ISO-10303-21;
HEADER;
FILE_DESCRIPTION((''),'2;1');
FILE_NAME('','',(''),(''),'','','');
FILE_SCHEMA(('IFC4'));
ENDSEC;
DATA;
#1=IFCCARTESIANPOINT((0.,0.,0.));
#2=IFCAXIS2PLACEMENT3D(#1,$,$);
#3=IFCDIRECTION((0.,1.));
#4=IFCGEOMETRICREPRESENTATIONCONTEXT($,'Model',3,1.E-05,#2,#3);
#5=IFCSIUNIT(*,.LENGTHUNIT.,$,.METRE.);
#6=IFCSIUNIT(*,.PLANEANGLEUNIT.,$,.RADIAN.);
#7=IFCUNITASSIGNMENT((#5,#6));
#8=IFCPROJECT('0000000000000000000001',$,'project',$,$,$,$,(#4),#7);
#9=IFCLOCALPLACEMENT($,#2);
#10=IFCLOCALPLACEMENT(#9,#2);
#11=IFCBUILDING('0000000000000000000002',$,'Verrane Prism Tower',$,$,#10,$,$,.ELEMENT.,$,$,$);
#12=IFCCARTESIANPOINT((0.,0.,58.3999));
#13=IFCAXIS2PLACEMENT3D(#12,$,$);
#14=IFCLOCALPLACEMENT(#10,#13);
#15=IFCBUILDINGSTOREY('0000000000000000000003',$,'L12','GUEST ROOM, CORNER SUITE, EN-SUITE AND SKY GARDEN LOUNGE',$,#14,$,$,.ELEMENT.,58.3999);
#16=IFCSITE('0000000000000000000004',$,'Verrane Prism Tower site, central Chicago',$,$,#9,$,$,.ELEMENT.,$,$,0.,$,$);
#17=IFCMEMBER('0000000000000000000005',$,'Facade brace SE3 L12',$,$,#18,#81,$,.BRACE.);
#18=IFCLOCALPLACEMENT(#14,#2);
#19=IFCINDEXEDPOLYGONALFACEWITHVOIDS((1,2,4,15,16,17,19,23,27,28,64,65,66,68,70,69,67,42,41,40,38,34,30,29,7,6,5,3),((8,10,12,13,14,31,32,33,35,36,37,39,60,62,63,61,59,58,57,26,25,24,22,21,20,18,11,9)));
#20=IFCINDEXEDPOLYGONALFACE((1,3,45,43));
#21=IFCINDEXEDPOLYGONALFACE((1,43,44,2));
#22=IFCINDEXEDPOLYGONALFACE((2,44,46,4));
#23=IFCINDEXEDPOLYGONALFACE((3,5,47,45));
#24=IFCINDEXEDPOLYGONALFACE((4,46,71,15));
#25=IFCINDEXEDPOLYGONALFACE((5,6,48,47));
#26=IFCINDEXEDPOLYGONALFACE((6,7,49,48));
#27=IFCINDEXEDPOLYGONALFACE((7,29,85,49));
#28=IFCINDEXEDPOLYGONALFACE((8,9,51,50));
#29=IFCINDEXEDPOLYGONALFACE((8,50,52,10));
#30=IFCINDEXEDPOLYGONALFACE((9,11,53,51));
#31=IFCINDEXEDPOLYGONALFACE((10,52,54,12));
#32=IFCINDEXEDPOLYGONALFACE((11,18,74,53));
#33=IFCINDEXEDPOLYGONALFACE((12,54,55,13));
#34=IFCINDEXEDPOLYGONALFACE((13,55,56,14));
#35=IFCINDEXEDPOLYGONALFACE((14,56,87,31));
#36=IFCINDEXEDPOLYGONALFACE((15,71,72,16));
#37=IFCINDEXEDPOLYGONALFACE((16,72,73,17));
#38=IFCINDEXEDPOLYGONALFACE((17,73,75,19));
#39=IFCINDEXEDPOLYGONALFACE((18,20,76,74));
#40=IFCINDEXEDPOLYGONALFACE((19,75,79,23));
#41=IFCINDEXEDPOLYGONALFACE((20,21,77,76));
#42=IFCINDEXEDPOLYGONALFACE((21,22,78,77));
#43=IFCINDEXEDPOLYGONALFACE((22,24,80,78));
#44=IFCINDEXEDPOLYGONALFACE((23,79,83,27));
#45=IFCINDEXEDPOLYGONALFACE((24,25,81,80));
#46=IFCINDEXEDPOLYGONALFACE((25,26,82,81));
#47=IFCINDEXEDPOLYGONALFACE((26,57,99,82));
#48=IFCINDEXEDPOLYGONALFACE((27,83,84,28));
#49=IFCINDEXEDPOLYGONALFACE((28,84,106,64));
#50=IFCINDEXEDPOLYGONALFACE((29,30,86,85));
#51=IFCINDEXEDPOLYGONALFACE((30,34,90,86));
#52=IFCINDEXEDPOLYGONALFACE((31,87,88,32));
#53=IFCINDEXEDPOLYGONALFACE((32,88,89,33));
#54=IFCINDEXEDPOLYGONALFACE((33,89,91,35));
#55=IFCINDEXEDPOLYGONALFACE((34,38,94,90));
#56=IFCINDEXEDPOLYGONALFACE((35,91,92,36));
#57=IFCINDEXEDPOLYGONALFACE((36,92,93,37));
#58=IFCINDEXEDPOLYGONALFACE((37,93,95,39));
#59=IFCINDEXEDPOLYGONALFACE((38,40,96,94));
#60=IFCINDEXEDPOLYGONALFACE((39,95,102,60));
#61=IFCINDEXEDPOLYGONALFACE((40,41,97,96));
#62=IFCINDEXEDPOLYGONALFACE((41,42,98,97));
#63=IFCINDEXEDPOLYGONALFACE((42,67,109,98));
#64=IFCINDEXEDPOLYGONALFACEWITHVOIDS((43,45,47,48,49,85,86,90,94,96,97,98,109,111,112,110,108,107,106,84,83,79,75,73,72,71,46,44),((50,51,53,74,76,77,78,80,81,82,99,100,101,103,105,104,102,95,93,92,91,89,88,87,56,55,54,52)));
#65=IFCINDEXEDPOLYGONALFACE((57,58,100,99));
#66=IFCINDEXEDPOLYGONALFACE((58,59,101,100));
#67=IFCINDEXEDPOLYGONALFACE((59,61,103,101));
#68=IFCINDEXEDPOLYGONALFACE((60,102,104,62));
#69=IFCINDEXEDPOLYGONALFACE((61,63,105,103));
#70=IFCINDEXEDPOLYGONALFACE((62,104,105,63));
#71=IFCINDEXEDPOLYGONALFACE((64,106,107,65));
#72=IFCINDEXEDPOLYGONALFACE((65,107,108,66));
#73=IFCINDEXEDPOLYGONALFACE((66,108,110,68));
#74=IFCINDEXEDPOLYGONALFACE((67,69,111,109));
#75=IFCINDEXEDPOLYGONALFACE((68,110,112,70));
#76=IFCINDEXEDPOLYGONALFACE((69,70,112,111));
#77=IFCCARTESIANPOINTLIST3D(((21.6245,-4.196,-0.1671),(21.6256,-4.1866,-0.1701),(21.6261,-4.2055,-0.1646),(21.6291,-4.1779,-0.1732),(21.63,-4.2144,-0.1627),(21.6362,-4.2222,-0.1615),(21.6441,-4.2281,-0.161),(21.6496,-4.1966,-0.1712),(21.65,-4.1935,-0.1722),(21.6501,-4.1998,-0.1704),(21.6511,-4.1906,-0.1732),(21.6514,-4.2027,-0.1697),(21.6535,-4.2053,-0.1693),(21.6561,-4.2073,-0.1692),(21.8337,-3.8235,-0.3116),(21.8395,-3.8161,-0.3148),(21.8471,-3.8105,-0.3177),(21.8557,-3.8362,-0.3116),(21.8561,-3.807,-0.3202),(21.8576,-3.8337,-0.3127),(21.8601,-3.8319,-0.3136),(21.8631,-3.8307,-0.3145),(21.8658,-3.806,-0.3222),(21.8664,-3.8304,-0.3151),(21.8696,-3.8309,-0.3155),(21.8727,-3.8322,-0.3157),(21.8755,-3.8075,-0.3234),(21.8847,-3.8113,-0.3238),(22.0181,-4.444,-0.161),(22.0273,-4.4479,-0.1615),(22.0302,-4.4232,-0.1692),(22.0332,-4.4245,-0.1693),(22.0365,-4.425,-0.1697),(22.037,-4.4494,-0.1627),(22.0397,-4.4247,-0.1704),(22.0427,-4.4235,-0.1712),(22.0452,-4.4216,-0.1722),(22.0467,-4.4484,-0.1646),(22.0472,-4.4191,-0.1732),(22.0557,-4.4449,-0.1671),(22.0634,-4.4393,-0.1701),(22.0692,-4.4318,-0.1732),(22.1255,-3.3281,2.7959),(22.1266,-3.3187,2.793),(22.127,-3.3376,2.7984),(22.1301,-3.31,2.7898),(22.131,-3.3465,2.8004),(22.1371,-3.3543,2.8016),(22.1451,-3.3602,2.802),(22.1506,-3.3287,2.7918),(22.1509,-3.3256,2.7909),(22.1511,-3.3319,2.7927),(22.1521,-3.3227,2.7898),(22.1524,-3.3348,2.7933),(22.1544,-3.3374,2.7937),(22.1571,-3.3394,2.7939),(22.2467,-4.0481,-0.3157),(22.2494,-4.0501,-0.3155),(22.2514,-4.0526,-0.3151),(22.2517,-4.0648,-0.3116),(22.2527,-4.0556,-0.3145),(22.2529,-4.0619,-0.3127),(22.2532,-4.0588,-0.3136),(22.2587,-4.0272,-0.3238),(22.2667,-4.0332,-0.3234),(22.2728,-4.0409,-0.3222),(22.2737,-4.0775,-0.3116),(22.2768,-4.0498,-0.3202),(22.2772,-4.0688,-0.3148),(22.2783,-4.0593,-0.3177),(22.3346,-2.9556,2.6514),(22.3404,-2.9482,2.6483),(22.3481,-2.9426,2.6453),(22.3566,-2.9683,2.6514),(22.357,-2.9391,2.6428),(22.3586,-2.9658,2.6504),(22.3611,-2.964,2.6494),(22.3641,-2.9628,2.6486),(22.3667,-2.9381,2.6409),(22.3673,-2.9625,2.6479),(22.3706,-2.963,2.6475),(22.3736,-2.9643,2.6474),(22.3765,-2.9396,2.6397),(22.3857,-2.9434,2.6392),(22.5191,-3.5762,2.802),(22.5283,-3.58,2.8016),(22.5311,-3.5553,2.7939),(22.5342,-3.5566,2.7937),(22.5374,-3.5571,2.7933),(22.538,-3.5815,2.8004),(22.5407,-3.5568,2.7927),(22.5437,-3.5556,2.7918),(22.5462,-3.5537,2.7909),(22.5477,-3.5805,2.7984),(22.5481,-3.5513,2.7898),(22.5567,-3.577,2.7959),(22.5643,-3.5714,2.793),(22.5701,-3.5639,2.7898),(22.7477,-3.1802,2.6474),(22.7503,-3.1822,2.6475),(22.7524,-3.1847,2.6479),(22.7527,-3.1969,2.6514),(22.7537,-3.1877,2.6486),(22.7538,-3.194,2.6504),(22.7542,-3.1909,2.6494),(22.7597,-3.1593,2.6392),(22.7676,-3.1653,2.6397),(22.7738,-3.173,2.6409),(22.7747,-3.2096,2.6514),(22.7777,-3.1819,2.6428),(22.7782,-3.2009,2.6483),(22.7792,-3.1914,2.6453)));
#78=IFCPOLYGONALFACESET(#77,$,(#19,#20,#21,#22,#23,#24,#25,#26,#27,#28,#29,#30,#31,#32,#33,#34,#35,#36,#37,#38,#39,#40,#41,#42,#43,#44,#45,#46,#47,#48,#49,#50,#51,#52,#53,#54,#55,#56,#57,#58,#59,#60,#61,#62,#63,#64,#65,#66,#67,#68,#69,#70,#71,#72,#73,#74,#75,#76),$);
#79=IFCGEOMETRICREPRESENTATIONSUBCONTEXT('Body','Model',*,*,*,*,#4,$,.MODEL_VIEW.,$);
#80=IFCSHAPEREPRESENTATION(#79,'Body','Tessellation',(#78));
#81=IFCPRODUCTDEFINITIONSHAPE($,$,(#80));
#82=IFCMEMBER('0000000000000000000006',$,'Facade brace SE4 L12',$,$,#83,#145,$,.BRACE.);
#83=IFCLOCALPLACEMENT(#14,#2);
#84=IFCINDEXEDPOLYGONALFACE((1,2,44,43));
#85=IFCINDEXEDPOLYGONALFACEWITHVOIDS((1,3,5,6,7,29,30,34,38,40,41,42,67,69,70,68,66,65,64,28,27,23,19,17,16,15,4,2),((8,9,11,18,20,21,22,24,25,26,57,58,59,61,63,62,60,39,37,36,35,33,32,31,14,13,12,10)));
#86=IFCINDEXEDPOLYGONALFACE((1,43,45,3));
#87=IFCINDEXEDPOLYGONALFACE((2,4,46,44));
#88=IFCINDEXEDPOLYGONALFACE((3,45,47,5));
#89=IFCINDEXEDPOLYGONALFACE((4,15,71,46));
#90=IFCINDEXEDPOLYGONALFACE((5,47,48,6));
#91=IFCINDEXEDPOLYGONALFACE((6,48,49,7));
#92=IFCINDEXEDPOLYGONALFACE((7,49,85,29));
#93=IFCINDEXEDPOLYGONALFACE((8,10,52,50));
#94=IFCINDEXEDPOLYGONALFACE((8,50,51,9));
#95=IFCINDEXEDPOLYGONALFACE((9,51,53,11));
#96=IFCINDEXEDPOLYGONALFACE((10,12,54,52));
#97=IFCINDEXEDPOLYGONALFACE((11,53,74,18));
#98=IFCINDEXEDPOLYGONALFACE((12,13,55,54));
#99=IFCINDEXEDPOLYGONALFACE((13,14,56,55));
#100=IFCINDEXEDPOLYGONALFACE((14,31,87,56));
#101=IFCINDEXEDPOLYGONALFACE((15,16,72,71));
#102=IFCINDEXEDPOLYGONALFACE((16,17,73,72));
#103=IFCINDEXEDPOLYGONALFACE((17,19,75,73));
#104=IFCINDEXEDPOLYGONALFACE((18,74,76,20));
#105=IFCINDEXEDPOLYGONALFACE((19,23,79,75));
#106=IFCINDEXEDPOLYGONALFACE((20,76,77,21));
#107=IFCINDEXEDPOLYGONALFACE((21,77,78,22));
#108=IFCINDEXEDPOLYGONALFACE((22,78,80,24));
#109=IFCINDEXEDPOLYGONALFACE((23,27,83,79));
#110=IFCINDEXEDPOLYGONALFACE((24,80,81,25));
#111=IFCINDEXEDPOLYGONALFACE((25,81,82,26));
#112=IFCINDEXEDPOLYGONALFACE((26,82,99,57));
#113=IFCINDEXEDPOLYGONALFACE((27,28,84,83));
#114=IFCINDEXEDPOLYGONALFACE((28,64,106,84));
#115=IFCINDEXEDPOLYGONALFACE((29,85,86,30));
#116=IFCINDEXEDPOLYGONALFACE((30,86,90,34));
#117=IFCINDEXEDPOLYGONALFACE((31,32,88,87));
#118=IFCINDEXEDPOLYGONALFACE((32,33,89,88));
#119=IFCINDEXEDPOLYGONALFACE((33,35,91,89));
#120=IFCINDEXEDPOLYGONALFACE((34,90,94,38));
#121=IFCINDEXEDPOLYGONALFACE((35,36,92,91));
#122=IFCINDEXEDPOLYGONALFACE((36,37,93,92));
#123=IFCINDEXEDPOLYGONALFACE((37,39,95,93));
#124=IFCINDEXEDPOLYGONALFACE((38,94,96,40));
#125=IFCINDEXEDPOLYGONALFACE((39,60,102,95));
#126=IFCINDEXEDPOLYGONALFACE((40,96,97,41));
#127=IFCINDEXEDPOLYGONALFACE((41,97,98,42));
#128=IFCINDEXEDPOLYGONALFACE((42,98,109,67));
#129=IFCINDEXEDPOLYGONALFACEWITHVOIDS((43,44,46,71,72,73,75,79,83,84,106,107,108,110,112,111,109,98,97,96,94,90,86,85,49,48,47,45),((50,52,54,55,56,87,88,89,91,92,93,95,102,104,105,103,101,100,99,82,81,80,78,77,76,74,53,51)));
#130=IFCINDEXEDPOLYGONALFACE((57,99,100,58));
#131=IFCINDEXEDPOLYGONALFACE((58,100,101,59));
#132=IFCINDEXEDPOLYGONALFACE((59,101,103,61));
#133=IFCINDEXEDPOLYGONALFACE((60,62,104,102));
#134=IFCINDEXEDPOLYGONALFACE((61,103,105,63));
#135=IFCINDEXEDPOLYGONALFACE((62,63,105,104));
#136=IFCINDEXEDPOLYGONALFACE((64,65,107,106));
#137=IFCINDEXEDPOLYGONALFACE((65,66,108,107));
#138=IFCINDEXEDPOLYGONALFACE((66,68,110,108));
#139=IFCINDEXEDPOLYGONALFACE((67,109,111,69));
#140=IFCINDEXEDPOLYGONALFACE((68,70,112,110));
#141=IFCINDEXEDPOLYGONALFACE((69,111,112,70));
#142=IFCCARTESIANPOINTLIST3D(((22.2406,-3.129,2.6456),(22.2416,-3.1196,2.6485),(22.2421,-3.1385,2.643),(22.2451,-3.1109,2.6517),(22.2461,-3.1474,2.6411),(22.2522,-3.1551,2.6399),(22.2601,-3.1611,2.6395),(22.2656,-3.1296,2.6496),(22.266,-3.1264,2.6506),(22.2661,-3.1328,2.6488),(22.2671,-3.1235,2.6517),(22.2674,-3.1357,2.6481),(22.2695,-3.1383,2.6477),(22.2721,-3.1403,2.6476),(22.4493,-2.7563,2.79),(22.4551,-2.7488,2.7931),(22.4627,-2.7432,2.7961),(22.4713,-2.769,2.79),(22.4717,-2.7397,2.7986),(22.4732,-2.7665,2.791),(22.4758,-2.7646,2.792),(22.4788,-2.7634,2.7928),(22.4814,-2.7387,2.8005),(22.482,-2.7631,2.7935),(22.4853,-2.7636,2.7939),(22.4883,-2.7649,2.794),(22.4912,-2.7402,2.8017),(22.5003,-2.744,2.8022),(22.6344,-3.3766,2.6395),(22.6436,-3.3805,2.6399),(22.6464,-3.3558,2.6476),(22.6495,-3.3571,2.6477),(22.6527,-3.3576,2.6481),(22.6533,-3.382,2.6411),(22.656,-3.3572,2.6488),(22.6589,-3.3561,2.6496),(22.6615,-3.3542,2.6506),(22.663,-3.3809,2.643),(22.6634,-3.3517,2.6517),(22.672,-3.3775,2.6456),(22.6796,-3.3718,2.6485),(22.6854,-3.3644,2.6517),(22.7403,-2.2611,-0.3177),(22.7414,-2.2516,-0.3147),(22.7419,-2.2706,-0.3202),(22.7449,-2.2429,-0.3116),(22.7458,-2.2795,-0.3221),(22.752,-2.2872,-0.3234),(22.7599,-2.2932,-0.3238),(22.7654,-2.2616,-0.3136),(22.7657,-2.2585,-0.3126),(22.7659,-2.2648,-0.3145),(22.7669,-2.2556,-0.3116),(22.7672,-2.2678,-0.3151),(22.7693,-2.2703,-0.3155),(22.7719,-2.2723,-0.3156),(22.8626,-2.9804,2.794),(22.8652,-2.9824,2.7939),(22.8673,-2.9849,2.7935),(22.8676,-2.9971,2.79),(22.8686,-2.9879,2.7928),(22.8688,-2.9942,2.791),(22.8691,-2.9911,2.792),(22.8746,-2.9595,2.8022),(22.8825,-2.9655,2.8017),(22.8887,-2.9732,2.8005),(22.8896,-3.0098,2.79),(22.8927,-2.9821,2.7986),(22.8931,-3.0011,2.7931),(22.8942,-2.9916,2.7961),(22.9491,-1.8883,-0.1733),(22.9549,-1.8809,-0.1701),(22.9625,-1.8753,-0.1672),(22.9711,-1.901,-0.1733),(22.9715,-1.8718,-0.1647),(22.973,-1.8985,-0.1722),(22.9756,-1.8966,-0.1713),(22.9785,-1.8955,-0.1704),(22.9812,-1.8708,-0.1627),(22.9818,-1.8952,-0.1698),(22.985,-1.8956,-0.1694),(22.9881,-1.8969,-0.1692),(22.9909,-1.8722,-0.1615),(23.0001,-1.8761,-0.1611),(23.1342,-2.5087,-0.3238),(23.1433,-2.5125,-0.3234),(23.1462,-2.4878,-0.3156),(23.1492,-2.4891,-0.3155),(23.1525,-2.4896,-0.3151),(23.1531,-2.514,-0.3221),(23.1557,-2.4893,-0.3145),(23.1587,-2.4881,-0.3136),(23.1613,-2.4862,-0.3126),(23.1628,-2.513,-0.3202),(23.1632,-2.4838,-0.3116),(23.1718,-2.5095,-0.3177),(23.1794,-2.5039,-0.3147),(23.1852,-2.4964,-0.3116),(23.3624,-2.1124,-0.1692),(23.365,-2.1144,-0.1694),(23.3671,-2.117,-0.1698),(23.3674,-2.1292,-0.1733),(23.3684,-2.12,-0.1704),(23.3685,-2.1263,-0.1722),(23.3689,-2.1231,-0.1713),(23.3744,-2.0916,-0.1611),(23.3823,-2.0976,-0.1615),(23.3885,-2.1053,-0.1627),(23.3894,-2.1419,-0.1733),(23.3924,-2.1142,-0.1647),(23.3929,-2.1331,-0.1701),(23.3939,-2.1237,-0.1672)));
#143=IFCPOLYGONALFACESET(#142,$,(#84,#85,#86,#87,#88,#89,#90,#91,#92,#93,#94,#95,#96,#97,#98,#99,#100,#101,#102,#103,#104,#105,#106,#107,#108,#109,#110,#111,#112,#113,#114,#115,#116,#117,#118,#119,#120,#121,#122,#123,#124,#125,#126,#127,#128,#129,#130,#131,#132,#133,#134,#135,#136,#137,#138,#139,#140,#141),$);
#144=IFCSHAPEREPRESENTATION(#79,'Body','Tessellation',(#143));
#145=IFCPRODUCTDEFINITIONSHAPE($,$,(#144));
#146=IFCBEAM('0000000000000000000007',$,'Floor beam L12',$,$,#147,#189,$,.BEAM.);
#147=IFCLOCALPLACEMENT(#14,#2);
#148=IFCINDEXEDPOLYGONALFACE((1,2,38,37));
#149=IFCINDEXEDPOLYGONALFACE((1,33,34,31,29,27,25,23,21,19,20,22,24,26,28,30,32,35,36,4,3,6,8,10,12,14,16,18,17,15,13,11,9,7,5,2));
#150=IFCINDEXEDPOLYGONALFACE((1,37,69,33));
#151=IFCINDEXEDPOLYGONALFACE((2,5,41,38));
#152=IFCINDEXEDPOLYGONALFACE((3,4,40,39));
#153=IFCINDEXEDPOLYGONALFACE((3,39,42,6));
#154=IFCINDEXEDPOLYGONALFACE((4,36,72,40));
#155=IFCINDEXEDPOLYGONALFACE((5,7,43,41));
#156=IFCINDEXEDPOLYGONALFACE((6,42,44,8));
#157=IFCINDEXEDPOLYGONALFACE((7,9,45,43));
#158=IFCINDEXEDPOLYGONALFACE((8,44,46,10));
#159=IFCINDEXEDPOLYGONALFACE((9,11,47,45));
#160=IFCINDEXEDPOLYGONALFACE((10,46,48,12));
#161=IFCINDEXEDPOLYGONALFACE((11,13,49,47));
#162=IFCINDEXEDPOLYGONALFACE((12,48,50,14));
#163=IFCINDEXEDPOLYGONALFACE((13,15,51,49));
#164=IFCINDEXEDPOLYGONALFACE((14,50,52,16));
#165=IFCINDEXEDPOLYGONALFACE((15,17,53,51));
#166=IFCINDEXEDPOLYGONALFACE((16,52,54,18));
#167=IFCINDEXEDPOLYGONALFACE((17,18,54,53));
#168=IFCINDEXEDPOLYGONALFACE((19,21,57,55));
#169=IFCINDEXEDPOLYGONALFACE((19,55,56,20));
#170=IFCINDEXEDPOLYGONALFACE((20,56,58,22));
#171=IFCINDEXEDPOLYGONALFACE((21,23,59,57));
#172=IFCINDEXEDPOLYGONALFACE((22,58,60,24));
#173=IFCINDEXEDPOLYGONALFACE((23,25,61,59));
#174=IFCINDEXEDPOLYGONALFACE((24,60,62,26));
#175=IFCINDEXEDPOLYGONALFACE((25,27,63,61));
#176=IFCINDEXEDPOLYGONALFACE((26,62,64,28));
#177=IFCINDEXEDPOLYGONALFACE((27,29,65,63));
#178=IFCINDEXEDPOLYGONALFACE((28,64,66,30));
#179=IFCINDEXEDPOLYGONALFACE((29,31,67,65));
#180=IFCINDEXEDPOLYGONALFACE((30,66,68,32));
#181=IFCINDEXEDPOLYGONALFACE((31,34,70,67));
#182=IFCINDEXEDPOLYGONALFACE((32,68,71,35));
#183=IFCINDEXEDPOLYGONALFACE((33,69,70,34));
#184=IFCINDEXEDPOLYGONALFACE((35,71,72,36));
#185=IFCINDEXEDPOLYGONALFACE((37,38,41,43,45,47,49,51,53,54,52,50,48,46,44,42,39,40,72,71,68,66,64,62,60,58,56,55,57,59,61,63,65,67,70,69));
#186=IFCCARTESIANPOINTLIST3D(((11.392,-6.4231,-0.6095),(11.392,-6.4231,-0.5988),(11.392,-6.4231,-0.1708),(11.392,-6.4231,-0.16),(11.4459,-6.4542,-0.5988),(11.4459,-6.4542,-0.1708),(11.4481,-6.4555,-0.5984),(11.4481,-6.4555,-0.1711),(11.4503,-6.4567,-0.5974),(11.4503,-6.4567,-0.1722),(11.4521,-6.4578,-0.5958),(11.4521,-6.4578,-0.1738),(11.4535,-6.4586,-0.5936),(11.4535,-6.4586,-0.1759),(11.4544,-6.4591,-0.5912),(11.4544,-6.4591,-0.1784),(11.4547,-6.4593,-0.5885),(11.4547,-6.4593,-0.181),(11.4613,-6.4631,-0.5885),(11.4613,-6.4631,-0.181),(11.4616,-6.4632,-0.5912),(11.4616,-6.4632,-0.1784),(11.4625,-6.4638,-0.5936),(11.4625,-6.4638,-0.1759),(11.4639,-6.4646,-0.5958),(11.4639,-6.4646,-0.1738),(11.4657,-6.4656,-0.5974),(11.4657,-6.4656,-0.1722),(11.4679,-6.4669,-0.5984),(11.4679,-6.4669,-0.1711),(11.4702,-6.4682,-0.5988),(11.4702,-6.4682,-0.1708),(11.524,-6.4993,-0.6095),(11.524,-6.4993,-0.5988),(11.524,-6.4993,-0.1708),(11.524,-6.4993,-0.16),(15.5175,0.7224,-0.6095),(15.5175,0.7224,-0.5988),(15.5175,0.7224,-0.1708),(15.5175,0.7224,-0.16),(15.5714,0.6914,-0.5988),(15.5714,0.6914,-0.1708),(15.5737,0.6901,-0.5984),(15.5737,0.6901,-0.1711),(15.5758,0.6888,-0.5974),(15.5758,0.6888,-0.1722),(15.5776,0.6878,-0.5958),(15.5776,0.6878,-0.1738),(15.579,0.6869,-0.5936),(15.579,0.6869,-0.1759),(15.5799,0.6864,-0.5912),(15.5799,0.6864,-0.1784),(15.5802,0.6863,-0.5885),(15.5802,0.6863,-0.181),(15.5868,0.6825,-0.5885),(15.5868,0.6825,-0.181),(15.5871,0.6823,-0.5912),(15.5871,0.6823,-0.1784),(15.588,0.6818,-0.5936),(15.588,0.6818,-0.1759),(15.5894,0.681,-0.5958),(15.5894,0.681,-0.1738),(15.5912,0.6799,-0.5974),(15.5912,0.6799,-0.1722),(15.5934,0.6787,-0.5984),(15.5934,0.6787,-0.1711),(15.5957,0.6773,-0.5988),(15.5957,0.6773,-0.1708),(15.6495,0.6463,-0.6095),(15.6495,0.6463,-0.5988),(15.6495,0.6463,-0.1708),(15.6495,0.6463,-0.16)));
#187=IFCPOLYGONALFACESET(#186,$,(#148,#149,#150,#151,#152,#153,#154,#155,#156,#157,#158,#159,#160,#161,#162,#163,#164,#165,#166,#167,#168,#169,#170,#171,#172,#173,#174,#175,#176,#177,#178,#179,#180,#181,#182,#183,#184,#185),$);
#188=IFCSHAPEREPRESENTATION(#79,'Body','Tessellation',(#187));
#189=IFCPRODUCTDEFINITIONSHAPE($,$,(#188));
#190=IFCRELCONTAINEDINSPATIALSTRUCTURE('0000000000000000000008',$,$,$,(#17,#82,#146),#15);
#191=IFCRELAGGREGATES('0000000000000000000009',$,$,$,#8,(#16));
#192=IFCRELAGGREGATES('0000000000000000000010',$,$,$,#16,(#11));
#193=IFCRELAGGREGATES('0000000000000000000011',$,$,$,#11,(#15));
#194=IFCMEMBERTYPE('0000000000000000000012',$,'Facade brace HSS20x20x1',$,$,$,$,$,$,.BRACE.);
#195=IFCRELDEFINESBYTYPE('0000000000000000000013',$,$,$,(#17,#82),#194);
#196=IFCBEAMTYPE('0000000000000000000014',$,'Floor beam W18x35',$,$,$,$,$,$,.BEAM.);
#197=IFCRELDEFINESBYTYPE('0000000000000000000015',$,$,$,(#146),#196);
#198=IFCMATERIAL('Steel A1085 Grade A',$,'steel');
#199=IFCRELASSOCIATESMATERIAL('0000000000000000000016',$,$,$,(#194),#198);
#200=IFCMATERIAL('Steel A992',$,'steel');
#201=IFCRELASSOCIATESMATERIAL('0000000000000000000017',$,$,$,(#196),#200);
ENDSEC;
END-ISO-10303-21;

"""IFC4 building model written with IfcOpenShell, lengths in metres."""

from ifc_helpers import new_model, si_unit, direction, frame, origin, origin_2d, place, context, subcontext, project, spatial, hollow_rectangle, i_section, extrude, material, material_profile, profile_set, type_object, element, save


model = new_model("IFC4")

# Units and contexts
model_context = context("Model", 3, precision=1e-05, world=origin(), true_north=direction((0.0, 1.0)))
body_context = subcontext(model_context, "Body", "Model", "MODEL_VIEW")
ifc_project = project(units=[si_unit("LENGTHUNIT", "METRE"), si_unit("PLANEANGLEUNIT", "RADIAN")], contexts=[model_context])

# Site, building, storey
site_placement = place(None, origin())
site = spatial("IfcSite", under=ifc_project, at=site_placement, Name="Verrane Prism Tower site, central Chicago", CompositionType="ELEMENT", RefElevation=0.0)
building_placement = place(site_placement, origin())
building = spatial("IfcBuilding", under=site, at=building_placement, Name="Verrane Prism Tower", CompositionType="ELEMENT")
storey_placement = place(building_placement, frame((0.0, 0.0, 58.3999)))
storey = spatial("IfcBuildingStorey", under=building, at=storey_placement, Name="L12", Description="GUEST ROOM, CORNER SUITE, EN-SUITE AND SKY GARDEN LOUNGE", CompositionType="ELEMENT", Elevation=58.3999)

# Members
ifc_material_1 = material(Name="Steel A1085 Grade A", Category="steel")
ifc_material_profile_1 = material_profile(ifc_material_1, hollow_rectangle(XDim=0.5081, YDim=0.5081, WallThickness=0.0254, InnerFilletRadius=0.0127, OuterFilletRadius=0.0381, at=origin_2d()), Name="HSS20x20x1")
ifc_profile_set_1 = profile_set([ifc_material_profile_1], Name="Steel A1085 Grade A")
member_type_1 = type_object("IfcMemberType", Name="Facade brace HSS20x20x1", PredefinedType="BRACE", material=ifc_profile_set_1)
for number, where, z_axis, x_axis, name in (
    (1, (21.9514, -4.1277, -0.2424), (0.160158, 0.277467, 0.947291), (-0.866076, 0.499912, 0.0), "Facade brace SE3 L12"),
    (2, (23.0671, -2.1924, -0.2424), (-0.159778, -0.277485, 0.947351), (0.866603, -0.498998, 0.0), "Facade brace SE4 L12"),
):
    element("IfcMember", number, at=place(storey_placement, frame(where, z_axis=z_axis, x_axis=x_axis)), inside=storey, type_object=member_type_1, Name=name, PredefinedType="BRACE", context=body_context, shape_type="SweptSolid", body=[
        extrude(hollow_rectangle(XDim=0.5081, YDim=0.5081, WallThickness=0.0254, InnerFilletRadius=0.0127, OuterFilletRadius=0.0381, at=origin_2d()), origin(), (0.0, 0.0, 1.0), 3.1279),
    ])

# Beam
ifc_material_2 = material(Name="Steel A992", Category="steel")
ifc_material_profile_2 = material_profile(ifc_material_2, i_section(OverallWidth=0.1523, OverallDepth=0.4495, WebThickness=0.0076, FlangeThickness=0.0107, FilletRadius=0.0103, at=origin_2d()), Name="W18x35")
ifc_profile_set_2 = profile_set([ifc_material_profile_2], Name="Steel A992")
beam_type_1 = type_object("IfcBeamType", Name="Floor beam W18x35", PredefinedType="BEAM", material=ifc_profile_set_2)
beam_1_placement = place(storey_placement, frame((11.458, -6.4612, -0.3848), z_axis=(0.500002, 0.866024, 0.0), x_axis=(-0.866024, 0.500002, 0.0)))
element("IfcBeam", 3, at=beam_1_placement, inside=storey, type_object=beam_type_1, Name="Floor beam L12", PredefinedType="BEAM", context=body_context, shape_type="SweptSolid", body=[
    extrude(i_section(OverallWidth=0.1523, OverallDepth=0.4495, WebThickness=0.0076, FlangeThickness=0.0107, FilletRadius=0.0103, at=origin_2d()), origin(), (0.0, 0.0, 1.0), 8.251),
])

save(model, "model.ifc")
